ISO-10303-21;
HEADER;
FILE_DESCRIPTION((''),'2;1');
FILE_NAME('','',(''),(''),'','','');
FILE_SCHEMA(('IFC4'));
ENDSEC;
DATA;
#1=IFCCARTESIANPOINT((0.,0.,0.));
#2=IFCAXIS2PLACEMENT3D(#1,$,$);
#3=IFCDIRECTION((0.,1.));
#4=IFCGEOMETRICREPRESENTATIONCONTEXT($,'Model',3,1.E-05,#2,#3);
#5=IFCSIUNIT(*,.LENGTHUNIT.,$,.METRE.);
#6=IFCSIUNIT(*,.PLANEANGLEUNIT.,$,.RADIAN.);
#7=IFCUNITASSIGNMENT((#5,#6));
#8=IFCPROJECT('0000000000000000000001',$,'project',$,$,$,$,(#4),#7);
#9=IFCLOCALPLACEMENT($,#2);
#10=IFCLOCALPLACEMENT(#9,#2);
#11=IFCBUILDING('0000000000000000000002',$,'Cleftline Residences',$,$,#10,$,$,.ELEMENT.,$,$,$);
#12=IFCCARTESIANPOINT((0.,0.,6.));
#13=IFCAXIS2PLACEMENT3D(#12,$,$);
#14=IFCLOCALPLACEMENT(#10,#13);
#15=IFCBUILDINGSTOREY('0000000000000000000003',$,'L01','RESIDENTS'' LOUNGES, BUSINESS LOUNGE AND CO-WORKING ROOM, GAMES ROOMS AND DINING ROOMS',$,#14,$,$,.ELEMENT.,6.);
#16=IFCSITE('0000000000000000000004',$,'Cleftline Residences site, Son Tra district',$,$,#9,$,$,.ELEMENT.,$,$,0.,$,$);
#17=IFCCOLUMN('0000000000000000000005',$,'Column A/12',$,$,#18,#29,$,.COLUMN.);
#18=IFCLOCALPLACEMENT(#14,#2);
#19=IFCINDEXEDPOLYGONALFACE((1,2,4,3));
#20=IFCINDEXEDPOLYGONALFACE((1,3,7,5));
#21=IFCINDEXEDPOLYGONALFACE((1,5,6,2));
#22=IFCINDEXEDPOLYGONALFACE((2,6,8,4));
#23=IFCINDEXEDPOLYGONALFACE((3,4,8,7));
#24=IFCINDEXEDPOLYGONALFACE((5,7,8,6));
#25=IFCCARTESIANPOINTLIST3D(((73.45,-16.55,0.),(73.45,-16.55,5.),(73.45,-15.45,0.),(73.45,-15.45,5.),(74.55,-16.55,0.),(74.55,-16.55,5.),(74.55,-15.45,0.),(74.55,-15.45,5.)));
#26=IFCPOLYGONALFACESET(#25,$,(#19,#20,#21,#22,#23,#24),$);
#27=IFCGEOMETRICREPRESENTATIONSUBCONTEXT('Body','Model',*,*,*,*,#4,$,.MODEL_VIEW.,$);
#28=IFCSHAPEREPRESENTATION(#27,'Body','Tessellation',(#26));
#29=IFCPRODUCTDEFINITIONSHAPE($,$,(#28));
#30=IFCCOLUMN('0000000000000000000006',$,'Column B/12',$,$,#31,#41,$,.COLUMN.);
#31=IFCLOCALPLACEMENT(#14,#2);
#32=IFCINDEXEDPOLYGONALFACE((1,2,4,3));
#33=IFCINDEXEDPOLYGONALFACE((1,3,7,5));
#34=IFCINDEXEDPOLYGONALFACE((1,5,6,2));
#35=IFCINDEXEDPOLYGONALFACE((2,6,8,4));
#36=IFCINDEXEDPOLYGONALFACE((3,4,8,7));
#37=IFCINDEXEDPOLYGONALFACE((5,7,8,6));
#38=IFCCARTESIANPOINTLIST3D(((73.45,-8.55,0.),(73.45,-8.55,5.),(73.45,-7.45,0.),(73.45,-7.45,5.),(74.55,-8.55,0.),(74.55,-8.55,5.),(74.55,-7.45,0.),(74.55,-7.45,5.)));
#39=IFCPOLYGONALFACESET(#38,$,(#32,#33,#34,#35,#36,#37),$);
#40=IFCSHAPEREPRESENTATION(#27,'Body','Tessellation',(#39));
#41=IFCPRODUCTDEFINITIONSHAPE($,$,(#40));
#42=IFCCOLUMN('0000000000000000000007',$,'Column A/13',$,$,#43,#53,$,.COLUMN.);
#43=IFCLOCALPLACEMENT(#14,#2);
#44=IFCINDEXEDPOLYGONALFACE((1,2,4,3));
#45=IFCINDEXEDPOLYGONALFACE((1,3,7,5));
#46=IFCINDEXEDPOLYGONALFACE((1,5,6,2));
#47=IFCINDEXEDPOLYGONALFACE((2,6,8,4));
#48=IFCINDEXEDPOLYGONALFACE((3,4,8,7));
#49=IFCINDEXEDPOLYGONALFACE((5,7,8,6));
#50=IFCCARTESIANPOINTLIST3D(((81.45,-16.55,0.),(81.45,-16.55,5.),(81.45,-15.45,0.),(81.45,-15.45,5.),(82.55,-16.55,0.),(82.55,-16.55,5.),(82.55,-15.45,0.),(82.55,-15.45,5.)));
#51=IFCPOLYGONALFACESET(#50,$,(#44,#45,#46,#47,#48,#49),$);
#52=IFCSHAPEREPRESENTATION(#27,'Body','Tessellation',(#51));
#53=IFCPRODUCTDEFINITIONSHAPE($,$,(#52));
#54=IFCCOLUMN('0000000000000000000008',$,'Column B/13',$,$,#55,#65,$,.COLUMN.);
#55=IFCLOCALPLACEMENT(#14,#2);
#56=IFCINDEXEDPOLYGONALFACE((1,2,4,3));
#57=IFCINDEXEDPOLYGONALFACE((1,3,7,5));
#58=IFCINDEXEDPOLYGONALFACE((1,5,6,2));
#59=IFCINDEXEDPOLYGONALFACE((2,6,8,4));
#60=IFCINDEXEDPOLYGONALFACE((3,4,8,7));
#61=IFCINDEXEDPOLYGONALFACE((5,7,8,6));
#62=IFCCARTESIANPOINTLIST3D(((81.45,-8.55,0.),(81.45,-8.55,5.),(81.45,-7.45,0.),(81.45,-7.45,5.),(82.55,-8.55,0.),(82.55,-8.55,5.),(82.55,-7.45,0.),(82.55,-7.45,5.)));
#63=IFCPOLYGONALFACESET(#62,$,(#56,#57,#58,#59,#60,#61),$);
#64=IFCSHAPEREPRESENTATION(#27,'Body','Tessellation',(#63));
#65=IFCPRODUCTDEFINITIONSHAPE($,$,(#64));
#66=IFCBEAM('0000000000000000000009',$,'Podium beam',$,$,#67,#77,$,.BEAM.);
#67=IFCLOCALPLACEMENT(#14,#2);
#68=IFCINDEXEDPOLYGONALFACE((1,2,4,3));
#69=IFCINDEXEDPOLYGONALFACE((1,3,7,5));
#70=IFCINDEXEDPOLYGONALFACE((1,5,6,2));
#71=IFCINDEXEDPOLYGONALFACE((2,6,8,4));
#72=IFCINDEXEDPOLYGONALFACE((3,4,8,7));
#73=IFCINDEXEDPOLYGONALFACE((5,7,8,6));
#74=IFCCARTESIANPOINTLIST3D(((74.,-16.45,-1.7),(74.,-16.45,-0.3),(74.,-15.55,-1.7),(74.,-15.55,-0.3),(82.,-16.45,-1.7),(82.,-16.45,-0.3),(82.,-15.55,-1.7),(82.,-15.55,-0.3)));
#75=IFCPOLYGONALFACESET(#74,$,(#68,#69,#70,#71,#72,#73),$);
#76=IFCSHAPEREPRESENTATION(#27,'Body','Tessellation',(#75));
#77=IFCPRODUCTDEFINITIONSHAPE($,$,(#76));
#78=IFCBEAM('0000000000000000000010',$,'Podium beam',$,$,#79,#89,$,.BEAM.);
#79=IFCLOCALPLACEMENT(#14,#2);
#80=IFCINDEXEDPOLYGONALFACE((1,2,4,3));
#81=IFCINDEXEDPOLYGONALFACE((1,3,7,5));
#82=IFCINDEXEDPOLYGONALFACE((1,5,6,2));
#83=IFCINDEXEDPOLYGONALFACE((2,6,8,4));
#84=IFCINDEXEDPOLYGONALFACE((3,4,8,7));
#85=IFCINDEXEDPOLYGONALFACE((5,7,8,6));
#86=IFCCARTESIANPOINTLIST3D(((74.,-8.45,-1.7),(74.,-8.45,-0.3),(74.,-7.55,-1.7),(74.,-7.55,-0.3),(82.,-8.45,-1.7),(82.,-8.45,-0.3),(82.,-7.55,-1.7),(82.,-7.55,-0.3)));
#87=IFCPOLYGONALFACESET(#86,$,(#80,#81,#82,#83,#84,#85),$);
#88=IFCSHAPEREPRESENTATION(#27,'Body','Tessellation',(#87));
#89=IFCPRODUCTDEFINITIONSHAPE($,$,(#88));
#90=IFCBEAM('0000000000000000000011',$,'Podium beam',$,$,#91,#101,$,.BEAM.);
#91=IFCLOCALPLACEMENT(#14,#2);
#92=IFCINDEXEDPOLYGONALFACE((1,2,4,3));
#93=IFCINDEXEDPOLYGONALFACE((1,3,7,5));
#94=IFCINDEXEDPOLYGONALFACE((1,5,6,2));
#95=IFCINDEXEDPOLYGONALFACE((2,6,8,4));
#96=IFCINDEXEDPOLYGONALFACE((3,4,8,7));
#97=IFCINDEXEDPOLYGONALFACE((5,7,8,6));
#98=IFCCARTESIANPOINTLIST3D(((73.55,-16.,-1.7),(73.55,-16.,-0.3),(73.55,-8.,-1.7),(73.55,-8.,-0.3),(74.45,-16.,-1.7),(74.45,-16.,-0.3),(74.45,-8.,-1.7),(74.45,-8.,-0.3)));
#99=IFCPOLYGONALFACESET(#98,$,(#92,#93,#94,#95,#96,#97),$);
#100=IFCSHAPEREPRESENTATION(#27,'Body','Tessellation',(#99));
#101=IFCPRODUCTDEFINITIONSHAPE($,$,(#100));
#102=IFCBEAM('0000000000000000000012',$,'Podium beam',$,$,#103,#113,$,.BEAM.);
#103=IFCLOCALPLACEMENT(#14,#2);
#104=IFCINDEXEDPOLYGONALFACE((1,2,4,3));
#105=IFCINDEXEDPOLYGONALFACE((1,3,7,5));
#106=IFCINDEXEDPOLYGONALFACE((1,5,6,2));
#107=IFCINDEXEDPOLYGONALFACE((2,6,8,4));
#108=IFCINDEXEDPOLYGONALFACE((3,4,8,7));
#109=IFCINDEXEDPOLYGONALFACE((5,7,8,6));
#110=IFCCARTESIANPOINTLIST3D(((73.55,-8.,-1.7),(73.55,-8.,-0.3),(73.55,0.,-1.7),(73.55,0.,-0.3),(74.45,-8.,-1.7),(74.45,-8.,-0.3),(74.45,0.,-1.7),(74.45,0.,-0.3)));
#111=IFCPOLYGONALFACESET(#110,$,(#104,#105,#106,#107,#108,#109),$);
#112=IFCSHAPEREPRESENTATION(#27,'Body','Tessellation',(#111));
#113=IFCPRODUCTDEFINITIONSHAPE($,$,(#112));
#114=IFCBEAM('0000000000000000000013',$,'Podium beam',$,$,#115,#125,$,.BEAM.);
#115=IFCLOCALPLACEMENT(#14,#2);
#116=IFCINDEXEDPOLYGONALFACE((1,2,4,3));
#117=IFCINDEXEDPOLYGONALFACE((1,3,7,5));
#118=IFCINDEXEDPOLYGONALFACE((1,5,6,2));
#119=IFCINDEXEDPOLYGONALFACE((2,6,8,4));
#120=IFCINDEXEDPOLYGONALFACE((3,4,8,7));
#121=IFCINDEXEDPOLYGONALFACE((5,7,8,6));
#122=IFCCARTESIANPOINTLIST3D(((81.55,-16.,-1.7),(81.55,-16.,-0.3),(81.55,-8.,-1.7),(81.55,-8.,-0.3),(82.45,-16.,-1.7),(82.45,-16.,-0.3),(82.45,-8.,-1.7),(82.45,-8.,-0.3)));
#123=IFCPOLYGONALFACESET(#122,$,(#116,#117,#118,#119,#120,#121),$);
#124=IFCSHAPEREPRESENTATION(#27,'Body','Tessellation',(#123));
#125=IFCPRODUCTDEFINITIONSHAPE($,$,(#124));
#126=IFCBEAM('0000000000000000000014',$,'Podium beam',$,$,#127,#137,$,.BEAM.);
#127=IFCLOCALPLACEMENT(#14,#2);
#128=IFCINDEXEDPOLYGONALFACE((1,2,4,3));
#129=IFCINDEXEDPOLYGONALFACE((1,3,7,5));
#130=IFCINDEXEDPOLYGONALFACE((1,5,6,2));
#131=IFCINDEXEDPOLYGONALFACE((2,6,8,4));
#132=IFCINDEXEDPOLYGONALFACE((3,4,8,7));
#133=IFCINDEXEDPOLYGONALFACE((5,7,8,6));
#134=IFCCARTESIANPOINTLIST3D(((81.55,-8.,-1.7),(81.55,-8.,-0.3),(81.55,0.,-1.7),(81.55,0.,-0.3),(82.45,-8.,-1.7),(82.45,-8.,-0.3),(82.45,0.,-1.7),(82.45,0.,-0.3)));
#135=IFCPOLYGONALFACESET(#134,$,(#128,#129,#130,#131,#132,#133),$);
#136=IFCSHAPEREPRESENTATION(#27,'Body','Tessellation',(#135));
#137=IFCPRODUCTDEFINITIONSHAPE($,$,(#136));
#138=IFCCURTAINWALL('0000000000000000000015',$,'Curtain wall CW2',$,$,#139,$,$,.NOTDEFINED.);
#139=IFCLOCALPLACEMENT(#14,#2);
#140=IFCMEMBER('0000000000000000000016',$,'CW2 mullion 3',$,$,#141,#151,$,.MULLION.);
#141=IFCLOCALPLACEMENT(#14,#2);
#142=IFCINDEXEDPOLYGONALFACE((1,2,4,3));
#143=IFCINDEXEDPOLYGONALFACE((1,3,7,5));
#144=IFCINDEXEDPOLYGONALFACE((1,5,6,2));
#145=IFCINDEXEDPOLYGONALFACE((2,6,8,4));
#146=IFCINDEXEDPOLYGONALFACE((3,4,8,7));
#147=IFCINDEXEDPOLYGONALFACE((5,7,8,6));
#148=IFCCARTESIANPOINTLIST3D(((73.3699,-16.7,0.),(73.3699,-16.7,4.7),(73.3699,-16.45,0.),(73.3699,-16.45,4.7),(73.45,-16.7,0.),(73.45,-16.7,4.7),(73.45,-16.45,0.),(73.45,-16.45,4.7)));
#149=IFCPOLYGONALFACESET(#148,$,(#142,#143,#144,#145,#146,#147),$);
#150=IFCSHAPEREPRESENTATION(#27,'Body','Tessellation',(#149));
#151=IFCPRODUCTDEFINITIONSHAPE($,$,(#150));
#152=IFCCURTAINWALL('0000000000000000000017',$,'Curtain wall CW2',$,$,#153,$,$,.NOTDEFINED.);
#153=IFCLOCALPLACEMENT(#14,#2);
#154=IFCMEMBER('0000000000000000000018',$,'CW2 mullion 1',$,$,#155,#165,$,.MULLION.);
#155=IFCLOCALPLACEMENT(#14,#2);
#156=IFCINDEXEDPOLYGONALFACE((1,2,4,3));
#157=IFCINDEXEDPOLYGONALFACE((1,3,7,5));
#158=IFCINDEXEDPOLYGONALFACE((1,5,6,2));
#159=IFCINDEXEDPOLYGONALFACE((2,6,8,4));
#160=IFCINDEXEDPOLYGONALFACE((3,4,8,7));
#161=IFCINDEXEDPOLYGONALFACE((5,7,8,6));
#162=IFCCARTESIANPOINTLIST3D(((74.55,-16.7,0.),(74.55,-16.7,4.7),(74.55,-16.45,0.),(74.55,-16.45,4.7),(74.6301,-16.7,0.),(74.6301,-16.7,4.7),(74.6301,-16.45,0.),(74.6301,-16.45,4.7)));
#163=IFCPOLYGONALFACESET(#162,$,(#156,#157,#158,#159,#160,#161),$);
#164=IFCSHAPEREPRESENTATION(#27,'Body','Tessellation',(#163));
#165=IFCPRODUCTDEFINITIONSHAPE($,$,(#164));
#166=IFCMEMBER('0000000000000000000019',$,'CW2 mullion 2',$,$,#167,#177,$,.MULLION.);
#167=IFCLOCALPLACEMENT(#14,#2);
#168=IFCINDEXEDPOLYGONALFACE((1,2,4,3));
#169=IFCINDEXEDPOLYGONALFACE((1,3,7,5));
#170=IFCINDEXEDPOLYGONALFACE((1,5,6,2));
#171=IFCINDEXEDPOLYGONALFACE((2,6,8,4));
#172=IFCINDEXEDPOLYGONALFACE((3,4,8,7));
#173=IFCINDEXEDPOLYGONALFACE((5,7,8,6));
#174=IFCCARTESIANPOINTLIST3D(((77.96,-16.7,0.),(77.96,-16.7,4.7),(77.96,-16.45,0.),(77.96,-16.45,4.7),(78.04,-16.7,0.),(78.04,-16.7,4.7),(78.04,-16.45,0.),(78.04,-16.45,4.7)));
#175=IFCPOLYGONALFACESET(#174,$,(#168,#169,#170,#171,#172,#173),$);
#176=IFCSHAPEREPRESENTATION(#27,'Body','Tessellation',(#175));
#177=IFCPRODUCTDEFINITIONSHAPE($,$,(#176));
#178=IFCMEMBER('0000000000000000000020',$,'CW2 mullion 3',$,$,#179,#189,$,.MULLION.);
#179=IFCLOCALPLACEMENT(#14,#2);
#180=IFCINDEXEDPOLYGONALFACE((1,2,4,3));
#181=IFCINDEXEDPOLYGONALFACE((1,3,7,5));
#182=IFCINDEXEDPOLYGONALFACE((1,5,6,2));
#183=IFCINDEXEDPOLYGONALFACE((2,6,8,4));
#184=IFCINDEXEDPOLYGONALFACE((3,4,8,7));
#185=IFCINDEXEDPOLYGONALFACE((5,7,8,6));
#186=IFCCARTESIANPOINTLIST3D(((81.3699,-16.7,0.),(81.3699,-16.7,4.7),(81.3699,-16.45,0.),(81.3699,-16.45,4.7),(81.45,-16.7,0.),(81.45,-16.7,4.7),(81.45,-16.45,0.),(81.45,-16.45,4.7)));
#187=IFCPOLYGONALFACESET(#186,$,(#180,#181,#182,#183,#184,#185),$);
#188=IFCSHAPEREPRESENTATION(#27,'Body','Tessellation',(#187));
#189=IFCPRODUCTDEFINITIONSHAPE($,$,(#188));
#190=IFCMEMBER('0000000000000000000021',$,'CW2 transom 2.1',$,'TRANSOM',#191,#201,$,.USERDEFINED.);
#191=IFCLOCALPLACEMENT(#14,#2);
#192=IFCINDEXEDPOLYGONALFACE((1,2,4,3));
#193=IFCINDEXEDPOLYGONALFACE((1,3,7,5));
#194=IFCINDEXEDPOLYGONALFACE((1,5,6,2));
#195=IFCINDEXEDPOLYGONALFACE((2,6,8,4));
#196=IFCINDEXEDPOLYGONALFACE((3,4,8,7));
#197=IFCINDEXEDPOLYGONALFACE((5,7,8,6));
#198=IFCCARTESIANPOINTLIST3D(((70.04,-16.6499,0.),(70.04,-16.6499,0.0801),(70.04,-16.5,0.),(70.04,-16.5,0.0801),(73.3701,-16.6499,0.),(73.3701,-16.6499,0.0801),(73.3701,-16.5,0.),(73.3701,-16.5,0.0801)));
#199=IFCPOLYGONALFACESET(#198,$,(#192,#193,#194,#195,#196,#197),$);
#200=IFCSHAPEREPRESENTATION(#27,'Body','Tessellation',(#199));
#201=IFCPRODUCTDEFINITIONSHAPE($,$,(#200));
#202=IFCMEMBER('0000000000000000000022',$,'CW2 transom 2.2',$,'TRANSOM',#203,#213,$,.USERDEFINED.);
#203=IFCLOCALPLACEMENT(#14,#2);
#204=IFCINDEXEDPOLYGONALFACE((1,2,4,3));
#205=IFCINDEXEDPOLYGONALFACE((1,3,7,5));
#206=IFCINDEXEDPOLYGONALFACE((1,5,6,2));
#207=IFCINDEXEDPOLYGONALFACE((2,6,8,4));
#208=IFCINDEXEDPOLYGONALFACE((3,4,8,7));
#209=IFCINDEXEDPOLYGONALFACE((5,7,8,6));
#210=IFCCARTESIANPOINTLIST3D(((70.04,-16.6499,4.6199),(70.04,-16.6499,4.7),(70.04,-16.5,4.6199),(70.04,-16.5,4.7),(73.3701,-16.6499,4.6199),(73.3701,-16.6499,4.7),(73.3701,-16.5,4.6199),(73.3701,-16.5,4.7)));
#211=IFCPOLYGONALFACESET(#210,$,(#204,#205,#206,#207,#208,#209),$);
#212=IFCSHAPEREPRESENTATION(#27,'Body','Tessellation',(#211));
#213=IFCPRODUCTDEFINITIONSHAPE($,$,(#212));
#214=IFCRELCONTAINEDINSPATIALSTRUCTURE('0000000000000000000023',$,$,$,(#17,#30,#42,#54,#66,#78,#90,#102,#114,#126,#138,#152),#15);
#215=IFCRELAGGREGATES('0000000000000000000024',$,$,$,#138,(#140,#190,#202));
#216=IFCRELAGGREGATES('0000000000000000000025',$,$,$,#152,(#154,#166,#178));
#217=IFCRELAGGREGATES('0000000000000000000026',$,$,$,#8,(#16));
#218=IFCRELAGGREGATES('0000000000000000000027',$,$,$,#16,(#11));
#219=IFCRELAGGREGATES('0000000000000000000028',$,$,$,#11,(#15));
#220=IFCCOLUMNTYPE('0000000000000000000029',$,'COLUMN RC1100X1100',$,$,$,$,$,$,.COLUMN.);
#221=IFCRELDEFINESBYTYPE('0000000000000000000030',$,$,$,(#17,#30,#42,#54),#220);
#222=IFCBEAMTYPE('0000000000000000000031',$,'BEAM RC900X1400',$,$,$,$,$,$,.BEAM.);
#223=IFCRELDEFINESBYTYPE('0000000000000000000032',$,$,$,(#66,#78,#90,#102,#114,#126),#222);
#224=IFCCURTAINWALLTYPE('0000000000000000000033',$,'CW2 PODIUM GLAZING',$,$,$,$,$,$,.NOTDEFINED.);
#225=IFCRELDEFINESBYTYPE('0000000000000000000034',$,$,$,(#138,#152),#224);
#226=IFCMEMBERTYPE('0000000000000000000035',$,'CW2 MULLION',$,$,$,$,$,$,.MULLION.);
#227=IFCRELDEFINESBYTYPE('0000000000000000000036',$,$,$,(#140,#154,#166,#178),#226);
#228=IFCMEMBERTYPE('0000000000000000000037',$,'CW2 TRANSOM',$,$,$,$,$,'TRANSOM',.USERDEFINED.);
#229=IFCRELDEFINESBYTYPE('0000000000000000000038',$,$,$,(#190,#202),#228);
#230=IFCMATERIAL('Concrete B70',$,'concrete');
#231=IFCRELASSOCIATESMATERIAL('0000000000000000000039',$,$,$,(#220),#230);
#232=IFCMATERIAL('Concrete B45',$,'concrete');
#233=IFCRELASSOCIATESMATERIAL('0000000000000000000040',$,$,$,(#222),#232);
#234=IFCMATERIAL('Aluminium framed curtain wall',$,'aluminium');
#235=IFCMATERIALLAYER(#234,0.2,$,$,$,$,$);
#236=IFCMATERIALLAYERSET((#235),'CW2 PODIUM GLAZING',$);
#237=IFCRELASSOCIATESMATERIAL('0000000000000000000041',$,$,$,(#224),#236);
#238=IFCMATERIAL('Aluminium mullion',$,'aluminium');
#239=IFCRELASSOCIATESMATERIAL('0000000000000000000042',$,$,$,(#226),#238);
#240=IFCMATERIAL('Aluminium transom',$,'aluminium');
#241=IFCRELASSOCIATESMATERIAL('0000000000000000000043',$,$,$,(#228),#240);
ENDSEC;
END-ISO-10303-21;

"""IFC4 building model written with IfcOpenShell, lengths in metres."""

from ifc_helpers import new_model, si_unit, direction, frame, origin, origin_2d, place, context, subcontext, project, spatial, rectangle, extrude, material, layer, layer_set, material_profile, profile_set, type_object, element, aggregate, save


model = new_model("IFC4")

# Units and contexts
model_context = context("Model", 3, precision=1e-05, world=origin(), true_north=direction((0.0, 1.0)))
body_context = subcontext(model_context, "Body", "Model", "MODEL_VIEW")
ifc_project = project(units=[si_unit("LENGTHUNIT", "METRE"), si_unit("PLANEANGLEUNIT", "RADIAN")], contexts=[model_context])

# Site, building, storey
site_placement = place(None, origin())
site = spatial("IfcSite", under=ifc_project, at=site_placement, Name="Cleftline Residences site, Son Tra district", CompositionType="ELEMENT", RefElevation=0.0)
building_placement = place(site_placement, origin())
building = spatial("IfcBuilding", under=site, at=building_placement, Name="Cleftline Residences", CompositionType="ELEMENT")
storey_placement = place(building_placement, frame((0.0, 0.0, 6.0)))
storey = spatial("IfcBuildingStorey", under=building, at=storey_placement, Name="L01", Description="RESIDENTS' LOUNGES, BUSINESS LOUNGE AND CO-WORKING ROOM, GAMES ROOMS AND DINING ROOMS", CompositionType="ELEMENT", Elevation=6.0)

# Columns
ifc_material_1 = material(Name="Concrete B70", Category="concrete")
ifc_material_profile_1 = material_profile(ifc_material_1, rectangle(XDim=1.1001, YDim=1.1001, at=origin_2d()))
ifc_profile_set_1 = profile_set([ifc_material_profile_1], Name="Concrete B70")
column_type = type_object("IfcColumnType", Name="COLUMN RC1100X1100", PredefinedType="COLUMN", material=ifc_profile_set_1)
for number, where, z_axis, x_axis, name in (
    (1, (74.0, -16.0, 0.0), (0.0, 0.0, 1.0), (1.0, 0.0, 0.0), "Column A/12"),
    (2, (74.0, -8.0, 0.0), (0.0, 0.0, 1.0), (1.0, 0.0, 0.0), "Column B/12"),
    (3, (82.0, -16.0, 0.0), (0.0, 0.0, 1.0), (1.0, 0.0, 0.0), "Column A/13"),
    (4, (82.0, -8.0, 0.0), (0.0, 0.0, 1.0), (1.0, 0.0, 0.0), "Column B/13"),
):
    element("IfcColumn", number, at=place(storey_placement, frame(where, z_axis=z_axis, x_axis=x_axis)), inside=storey, type_object=column_type, Name=name, PredefinedType="COLUMN", context=body_context, shape_type="SweptSolid", body=[
        extrude(rectangle(XDim=1.1001, YDim=1.1001, at=origin_2d()), origin(), (0.0, 0.0, 1.0), 5.0),
    ])

# Beams
ifc_material_2 = material(Name="Concrete B45", Category="concrete")
ifc_material_profile_2 = material_profile(ifc_material_2, rectangle(XDim=0.8999, YDim=1.3999, at=origin_2d()))
ifc_profile_set_2 = profile_set([ifc_material_profile_2], Name="Concrete B45")
beam_type = type_object("IfcBeamType", Name="BEAM RC900X1400", PredefinedType="BEAM", material=ifc_profile_set_2)
for number, where, z_axis, x_axis, name in (
    (5, (74.0, -16.0, -1.0), (1.0, 0.0, 0.0), (0.0, 1.0, 0.0), "Podium beam"),
    (6, (74.0, -8.0, -1.0), (1.0, 0.0, 0.0), (0.0, 1.0, 0.0), "Podium beam"),
    (7, (74.0, -16.0, -1.0), (0.0, 1.0, 0.0), (-1.0, 0.0, 0.0), "Podium beam"),
    (8, (74.0, -8.0, -1.0), (0.0, 1.0, 0.0), (-1.0, 0.0, 0.0), "Podium beam"),
    (9, (82.0, -16.0, -1.0), (0.0, 1.0, 0.0), (-1.0, 0.0, 0.0), "Podium beam"),
    (10, (82.0, -8.0, -1.0), (0.0, 1.0, 0.0), (-1.0, 0.0, 0.0), "Podium beam"),
):
    element("IfcBeam", number, at=place(storey_placement, frame(where, z_axis=z_axis, x_axis=x_axis)), inside=storey, type_object=beam_type, Name=name, PredefinedType="BEAM", context=body_context, shape_type="SweptSolid", body=[
        extrude(rectangle(XDim=0.8999, YDim=1.3999, at=origin_2d()), origin(), (0.0, 0.0, 1.0), 8.0),
    ])

# Curtain wall, member
ifc_material_3 = material(Name="Aluminium framed curtain wall", Category="aluminium")
ifc_layer_1 = layer(ifc_material_3, 0.2)
ifc_layer_set_1 = layer_set([ifc_layer_1], Name="CW2 PODIUM GLAZING")
curtain_wall_type = type_object("IfcCurtainWallType", Name="CW2 PODIUM GLAZING", PredefinedType="NOTDEFINED", material=ifc_layer_set_1)
curtain_wall_1_placement = place(storey_placement, origin())
curtain_wall_1 = element("IfcCurtainWall", 11, at=curtain_wall_1_placement, inside=storey, type_object=curtain_wall_type, Name="Curtain wall CW2", PredefinedType="NOTDEFINED")
ifc_material_4 = material(Name="Aluminium mullion", Category="aluminium")
ifc_material_profile_3 = material_profile(ifc_material_4, rectangle(XDim=0.25, YDim=0.0801, at=origin_2d()))
ifc_profile_set_3 = profile_set([ifc_material_profile_3], Name="Aluminium mullion")
member_type_1 = type_object("IfcMemberType", Name="CW2 MULLION", PredefinedType="MULLION", material=ifc_profile_set_3)
member_1_placement = place(storey_placement, frame((73.4099, -16.575, 0.0), z_axis=(0.0, 0.0, 1.0), x_axis=(0.0, 1.0, 0.0)))
member_1 = element("IfcMember", 12, at=member_1_placement, type_object=member_type_1, Name="CW2 mullion 3", PredefinedType="MULLION", context=body_context, shape_type="SweptSolid", body=[
    extrude(rectangle(XDim=0.25, YDim=0.0801, at=origin_2d()), origin(), (0.0, 0.0, 1.0), 4.7),
])

# Curtain wall, members
curtain_wall_2_placement = place(storey_placement, origin())
curtain_wall_2 = element("IfcCurtainWall", 13, at=curtain_wall_2_placement, inside=storey, type_object=curtain_wall_type, Name="Curtain wall CW2", PredefinedType="NOTDEFINED")
member_2_placement = place(storey_placement, frame((74.5901, -16.575, 0.0), z_axis=(0.0, 0.0, 1.0), x_axis=(0.0, 1.0, 0.0)))
member_2 = element("IfcMember", 14, at=member_2_placement, type_object=member_type_1, Name="CW2 mullion 1", PredefinedType="MULLION", context=body_context, shape_type="SweptSolid", body=[
    extrude(rectangle(XDim=0.25, YDim=0.0801, at=origin_2d()), origin(), (0.0, 0.0, 1.0), 4.7),
])
member_3_placement = place(storey_placement, frame((78.0, -16.575, 0.0), z_axis=(0.0, 0.0, 1.0), x_axis=(0.0, 1.0, 0.0)))
member_3 = element("IfcMember", 15, at=member_3_placement, type_object=member_type_1, Name="CW2 mullion 2", PredefinedType="MULLION", context=body_context, shape_type="SweptSolid", body=[
    extrude(rectangle(XDim=0.25, YDim=0.0801, at=origin_2d()), origin(), (0.0, 0.0, 1.0), 4.7),
])
member_4_placement = place(storey_placement, frame((81.4099, -16.575, 0.0), z_axis=(0.0, 0.0, 1.0), x_axis=(0.0, 1.0, 0.0)))
member_4 = element("IfcMember", 16, at=member_4_placement, type_object=member_type_1, Name="CW2 mullion 3", PredefinedType="MULLION", context=body_context, shape_type="SweptSolid", body=[
    extrude(rectangle(XDim=0.25, YDim=0.0801, at=origin_2d()), origin(), (0.0, 0.0, 1.0), 4.7),
])

# Members
ifc_material_5 = material(Name="Aluminium transom", Category="aluminium")
ifc_material_profile_4 = material_profile(ifc_material_5, rectangle(XDim=0.1499, YDim=0.0801, at=origin_2d()))
ifc_profile_set_4 = profile_set([ifc_material_profile_4], Name="Aluminium transom")
member_type_2 = type_object("IfcMemberType", Name="CW2 TRANSOM", ElementType="TRANSOM", PredefinedType="USERDEFINED", material=ifc_profile_set_4)
member_5_placement = place(storey_placement, frame((70.04, -16.575, 0.04), z_axis=(1.0, 0.0, 0.0), x_axis=(0.0, 1.0, 0.0)))
member_5 = element("IfcMember", 17, at=member_5_placement, type_object=member_type_2, Name="CW2 transom 2.1", ObjectType="TRANSOM", PredefinedType="USERDEFINED", context=body_context, shape_type="SweptSolid", body=[
    extrude(rectangle(XDim=0.1499, YDim=0.0801, at=origin_2d()), origin(), (0.0, 0.0, 1.0), 3.3301),
])
member_6_placement = place(storey_placement, frame((70.04, -16.575, 4.6599), z_axis=(1.0, 0.0, 0.0), x_axis=(0.0, 1.0, 0.0)))
member_6 = element("IfcMember", 18, at=member_6_placement, type_object=member_type_2, Name="CW2 transom 2.2", ObjectType="TRANSOM", PredefinedType="USERDEFINED", context=body_context, shape_type="SweptSolid", body=[
    extrude(rectangle(XDim=0.1499, YDim=0.0801, at=origin_2d()), origin(), (0.0, 0.0, 1.0), 3.3301),
])

aggregate(curtain_wall_1, [member_1, member_5, member_6])
aggregate(curtain_wall_2, [member_2, member_3, member_4])

save(model, "model.ifc")
